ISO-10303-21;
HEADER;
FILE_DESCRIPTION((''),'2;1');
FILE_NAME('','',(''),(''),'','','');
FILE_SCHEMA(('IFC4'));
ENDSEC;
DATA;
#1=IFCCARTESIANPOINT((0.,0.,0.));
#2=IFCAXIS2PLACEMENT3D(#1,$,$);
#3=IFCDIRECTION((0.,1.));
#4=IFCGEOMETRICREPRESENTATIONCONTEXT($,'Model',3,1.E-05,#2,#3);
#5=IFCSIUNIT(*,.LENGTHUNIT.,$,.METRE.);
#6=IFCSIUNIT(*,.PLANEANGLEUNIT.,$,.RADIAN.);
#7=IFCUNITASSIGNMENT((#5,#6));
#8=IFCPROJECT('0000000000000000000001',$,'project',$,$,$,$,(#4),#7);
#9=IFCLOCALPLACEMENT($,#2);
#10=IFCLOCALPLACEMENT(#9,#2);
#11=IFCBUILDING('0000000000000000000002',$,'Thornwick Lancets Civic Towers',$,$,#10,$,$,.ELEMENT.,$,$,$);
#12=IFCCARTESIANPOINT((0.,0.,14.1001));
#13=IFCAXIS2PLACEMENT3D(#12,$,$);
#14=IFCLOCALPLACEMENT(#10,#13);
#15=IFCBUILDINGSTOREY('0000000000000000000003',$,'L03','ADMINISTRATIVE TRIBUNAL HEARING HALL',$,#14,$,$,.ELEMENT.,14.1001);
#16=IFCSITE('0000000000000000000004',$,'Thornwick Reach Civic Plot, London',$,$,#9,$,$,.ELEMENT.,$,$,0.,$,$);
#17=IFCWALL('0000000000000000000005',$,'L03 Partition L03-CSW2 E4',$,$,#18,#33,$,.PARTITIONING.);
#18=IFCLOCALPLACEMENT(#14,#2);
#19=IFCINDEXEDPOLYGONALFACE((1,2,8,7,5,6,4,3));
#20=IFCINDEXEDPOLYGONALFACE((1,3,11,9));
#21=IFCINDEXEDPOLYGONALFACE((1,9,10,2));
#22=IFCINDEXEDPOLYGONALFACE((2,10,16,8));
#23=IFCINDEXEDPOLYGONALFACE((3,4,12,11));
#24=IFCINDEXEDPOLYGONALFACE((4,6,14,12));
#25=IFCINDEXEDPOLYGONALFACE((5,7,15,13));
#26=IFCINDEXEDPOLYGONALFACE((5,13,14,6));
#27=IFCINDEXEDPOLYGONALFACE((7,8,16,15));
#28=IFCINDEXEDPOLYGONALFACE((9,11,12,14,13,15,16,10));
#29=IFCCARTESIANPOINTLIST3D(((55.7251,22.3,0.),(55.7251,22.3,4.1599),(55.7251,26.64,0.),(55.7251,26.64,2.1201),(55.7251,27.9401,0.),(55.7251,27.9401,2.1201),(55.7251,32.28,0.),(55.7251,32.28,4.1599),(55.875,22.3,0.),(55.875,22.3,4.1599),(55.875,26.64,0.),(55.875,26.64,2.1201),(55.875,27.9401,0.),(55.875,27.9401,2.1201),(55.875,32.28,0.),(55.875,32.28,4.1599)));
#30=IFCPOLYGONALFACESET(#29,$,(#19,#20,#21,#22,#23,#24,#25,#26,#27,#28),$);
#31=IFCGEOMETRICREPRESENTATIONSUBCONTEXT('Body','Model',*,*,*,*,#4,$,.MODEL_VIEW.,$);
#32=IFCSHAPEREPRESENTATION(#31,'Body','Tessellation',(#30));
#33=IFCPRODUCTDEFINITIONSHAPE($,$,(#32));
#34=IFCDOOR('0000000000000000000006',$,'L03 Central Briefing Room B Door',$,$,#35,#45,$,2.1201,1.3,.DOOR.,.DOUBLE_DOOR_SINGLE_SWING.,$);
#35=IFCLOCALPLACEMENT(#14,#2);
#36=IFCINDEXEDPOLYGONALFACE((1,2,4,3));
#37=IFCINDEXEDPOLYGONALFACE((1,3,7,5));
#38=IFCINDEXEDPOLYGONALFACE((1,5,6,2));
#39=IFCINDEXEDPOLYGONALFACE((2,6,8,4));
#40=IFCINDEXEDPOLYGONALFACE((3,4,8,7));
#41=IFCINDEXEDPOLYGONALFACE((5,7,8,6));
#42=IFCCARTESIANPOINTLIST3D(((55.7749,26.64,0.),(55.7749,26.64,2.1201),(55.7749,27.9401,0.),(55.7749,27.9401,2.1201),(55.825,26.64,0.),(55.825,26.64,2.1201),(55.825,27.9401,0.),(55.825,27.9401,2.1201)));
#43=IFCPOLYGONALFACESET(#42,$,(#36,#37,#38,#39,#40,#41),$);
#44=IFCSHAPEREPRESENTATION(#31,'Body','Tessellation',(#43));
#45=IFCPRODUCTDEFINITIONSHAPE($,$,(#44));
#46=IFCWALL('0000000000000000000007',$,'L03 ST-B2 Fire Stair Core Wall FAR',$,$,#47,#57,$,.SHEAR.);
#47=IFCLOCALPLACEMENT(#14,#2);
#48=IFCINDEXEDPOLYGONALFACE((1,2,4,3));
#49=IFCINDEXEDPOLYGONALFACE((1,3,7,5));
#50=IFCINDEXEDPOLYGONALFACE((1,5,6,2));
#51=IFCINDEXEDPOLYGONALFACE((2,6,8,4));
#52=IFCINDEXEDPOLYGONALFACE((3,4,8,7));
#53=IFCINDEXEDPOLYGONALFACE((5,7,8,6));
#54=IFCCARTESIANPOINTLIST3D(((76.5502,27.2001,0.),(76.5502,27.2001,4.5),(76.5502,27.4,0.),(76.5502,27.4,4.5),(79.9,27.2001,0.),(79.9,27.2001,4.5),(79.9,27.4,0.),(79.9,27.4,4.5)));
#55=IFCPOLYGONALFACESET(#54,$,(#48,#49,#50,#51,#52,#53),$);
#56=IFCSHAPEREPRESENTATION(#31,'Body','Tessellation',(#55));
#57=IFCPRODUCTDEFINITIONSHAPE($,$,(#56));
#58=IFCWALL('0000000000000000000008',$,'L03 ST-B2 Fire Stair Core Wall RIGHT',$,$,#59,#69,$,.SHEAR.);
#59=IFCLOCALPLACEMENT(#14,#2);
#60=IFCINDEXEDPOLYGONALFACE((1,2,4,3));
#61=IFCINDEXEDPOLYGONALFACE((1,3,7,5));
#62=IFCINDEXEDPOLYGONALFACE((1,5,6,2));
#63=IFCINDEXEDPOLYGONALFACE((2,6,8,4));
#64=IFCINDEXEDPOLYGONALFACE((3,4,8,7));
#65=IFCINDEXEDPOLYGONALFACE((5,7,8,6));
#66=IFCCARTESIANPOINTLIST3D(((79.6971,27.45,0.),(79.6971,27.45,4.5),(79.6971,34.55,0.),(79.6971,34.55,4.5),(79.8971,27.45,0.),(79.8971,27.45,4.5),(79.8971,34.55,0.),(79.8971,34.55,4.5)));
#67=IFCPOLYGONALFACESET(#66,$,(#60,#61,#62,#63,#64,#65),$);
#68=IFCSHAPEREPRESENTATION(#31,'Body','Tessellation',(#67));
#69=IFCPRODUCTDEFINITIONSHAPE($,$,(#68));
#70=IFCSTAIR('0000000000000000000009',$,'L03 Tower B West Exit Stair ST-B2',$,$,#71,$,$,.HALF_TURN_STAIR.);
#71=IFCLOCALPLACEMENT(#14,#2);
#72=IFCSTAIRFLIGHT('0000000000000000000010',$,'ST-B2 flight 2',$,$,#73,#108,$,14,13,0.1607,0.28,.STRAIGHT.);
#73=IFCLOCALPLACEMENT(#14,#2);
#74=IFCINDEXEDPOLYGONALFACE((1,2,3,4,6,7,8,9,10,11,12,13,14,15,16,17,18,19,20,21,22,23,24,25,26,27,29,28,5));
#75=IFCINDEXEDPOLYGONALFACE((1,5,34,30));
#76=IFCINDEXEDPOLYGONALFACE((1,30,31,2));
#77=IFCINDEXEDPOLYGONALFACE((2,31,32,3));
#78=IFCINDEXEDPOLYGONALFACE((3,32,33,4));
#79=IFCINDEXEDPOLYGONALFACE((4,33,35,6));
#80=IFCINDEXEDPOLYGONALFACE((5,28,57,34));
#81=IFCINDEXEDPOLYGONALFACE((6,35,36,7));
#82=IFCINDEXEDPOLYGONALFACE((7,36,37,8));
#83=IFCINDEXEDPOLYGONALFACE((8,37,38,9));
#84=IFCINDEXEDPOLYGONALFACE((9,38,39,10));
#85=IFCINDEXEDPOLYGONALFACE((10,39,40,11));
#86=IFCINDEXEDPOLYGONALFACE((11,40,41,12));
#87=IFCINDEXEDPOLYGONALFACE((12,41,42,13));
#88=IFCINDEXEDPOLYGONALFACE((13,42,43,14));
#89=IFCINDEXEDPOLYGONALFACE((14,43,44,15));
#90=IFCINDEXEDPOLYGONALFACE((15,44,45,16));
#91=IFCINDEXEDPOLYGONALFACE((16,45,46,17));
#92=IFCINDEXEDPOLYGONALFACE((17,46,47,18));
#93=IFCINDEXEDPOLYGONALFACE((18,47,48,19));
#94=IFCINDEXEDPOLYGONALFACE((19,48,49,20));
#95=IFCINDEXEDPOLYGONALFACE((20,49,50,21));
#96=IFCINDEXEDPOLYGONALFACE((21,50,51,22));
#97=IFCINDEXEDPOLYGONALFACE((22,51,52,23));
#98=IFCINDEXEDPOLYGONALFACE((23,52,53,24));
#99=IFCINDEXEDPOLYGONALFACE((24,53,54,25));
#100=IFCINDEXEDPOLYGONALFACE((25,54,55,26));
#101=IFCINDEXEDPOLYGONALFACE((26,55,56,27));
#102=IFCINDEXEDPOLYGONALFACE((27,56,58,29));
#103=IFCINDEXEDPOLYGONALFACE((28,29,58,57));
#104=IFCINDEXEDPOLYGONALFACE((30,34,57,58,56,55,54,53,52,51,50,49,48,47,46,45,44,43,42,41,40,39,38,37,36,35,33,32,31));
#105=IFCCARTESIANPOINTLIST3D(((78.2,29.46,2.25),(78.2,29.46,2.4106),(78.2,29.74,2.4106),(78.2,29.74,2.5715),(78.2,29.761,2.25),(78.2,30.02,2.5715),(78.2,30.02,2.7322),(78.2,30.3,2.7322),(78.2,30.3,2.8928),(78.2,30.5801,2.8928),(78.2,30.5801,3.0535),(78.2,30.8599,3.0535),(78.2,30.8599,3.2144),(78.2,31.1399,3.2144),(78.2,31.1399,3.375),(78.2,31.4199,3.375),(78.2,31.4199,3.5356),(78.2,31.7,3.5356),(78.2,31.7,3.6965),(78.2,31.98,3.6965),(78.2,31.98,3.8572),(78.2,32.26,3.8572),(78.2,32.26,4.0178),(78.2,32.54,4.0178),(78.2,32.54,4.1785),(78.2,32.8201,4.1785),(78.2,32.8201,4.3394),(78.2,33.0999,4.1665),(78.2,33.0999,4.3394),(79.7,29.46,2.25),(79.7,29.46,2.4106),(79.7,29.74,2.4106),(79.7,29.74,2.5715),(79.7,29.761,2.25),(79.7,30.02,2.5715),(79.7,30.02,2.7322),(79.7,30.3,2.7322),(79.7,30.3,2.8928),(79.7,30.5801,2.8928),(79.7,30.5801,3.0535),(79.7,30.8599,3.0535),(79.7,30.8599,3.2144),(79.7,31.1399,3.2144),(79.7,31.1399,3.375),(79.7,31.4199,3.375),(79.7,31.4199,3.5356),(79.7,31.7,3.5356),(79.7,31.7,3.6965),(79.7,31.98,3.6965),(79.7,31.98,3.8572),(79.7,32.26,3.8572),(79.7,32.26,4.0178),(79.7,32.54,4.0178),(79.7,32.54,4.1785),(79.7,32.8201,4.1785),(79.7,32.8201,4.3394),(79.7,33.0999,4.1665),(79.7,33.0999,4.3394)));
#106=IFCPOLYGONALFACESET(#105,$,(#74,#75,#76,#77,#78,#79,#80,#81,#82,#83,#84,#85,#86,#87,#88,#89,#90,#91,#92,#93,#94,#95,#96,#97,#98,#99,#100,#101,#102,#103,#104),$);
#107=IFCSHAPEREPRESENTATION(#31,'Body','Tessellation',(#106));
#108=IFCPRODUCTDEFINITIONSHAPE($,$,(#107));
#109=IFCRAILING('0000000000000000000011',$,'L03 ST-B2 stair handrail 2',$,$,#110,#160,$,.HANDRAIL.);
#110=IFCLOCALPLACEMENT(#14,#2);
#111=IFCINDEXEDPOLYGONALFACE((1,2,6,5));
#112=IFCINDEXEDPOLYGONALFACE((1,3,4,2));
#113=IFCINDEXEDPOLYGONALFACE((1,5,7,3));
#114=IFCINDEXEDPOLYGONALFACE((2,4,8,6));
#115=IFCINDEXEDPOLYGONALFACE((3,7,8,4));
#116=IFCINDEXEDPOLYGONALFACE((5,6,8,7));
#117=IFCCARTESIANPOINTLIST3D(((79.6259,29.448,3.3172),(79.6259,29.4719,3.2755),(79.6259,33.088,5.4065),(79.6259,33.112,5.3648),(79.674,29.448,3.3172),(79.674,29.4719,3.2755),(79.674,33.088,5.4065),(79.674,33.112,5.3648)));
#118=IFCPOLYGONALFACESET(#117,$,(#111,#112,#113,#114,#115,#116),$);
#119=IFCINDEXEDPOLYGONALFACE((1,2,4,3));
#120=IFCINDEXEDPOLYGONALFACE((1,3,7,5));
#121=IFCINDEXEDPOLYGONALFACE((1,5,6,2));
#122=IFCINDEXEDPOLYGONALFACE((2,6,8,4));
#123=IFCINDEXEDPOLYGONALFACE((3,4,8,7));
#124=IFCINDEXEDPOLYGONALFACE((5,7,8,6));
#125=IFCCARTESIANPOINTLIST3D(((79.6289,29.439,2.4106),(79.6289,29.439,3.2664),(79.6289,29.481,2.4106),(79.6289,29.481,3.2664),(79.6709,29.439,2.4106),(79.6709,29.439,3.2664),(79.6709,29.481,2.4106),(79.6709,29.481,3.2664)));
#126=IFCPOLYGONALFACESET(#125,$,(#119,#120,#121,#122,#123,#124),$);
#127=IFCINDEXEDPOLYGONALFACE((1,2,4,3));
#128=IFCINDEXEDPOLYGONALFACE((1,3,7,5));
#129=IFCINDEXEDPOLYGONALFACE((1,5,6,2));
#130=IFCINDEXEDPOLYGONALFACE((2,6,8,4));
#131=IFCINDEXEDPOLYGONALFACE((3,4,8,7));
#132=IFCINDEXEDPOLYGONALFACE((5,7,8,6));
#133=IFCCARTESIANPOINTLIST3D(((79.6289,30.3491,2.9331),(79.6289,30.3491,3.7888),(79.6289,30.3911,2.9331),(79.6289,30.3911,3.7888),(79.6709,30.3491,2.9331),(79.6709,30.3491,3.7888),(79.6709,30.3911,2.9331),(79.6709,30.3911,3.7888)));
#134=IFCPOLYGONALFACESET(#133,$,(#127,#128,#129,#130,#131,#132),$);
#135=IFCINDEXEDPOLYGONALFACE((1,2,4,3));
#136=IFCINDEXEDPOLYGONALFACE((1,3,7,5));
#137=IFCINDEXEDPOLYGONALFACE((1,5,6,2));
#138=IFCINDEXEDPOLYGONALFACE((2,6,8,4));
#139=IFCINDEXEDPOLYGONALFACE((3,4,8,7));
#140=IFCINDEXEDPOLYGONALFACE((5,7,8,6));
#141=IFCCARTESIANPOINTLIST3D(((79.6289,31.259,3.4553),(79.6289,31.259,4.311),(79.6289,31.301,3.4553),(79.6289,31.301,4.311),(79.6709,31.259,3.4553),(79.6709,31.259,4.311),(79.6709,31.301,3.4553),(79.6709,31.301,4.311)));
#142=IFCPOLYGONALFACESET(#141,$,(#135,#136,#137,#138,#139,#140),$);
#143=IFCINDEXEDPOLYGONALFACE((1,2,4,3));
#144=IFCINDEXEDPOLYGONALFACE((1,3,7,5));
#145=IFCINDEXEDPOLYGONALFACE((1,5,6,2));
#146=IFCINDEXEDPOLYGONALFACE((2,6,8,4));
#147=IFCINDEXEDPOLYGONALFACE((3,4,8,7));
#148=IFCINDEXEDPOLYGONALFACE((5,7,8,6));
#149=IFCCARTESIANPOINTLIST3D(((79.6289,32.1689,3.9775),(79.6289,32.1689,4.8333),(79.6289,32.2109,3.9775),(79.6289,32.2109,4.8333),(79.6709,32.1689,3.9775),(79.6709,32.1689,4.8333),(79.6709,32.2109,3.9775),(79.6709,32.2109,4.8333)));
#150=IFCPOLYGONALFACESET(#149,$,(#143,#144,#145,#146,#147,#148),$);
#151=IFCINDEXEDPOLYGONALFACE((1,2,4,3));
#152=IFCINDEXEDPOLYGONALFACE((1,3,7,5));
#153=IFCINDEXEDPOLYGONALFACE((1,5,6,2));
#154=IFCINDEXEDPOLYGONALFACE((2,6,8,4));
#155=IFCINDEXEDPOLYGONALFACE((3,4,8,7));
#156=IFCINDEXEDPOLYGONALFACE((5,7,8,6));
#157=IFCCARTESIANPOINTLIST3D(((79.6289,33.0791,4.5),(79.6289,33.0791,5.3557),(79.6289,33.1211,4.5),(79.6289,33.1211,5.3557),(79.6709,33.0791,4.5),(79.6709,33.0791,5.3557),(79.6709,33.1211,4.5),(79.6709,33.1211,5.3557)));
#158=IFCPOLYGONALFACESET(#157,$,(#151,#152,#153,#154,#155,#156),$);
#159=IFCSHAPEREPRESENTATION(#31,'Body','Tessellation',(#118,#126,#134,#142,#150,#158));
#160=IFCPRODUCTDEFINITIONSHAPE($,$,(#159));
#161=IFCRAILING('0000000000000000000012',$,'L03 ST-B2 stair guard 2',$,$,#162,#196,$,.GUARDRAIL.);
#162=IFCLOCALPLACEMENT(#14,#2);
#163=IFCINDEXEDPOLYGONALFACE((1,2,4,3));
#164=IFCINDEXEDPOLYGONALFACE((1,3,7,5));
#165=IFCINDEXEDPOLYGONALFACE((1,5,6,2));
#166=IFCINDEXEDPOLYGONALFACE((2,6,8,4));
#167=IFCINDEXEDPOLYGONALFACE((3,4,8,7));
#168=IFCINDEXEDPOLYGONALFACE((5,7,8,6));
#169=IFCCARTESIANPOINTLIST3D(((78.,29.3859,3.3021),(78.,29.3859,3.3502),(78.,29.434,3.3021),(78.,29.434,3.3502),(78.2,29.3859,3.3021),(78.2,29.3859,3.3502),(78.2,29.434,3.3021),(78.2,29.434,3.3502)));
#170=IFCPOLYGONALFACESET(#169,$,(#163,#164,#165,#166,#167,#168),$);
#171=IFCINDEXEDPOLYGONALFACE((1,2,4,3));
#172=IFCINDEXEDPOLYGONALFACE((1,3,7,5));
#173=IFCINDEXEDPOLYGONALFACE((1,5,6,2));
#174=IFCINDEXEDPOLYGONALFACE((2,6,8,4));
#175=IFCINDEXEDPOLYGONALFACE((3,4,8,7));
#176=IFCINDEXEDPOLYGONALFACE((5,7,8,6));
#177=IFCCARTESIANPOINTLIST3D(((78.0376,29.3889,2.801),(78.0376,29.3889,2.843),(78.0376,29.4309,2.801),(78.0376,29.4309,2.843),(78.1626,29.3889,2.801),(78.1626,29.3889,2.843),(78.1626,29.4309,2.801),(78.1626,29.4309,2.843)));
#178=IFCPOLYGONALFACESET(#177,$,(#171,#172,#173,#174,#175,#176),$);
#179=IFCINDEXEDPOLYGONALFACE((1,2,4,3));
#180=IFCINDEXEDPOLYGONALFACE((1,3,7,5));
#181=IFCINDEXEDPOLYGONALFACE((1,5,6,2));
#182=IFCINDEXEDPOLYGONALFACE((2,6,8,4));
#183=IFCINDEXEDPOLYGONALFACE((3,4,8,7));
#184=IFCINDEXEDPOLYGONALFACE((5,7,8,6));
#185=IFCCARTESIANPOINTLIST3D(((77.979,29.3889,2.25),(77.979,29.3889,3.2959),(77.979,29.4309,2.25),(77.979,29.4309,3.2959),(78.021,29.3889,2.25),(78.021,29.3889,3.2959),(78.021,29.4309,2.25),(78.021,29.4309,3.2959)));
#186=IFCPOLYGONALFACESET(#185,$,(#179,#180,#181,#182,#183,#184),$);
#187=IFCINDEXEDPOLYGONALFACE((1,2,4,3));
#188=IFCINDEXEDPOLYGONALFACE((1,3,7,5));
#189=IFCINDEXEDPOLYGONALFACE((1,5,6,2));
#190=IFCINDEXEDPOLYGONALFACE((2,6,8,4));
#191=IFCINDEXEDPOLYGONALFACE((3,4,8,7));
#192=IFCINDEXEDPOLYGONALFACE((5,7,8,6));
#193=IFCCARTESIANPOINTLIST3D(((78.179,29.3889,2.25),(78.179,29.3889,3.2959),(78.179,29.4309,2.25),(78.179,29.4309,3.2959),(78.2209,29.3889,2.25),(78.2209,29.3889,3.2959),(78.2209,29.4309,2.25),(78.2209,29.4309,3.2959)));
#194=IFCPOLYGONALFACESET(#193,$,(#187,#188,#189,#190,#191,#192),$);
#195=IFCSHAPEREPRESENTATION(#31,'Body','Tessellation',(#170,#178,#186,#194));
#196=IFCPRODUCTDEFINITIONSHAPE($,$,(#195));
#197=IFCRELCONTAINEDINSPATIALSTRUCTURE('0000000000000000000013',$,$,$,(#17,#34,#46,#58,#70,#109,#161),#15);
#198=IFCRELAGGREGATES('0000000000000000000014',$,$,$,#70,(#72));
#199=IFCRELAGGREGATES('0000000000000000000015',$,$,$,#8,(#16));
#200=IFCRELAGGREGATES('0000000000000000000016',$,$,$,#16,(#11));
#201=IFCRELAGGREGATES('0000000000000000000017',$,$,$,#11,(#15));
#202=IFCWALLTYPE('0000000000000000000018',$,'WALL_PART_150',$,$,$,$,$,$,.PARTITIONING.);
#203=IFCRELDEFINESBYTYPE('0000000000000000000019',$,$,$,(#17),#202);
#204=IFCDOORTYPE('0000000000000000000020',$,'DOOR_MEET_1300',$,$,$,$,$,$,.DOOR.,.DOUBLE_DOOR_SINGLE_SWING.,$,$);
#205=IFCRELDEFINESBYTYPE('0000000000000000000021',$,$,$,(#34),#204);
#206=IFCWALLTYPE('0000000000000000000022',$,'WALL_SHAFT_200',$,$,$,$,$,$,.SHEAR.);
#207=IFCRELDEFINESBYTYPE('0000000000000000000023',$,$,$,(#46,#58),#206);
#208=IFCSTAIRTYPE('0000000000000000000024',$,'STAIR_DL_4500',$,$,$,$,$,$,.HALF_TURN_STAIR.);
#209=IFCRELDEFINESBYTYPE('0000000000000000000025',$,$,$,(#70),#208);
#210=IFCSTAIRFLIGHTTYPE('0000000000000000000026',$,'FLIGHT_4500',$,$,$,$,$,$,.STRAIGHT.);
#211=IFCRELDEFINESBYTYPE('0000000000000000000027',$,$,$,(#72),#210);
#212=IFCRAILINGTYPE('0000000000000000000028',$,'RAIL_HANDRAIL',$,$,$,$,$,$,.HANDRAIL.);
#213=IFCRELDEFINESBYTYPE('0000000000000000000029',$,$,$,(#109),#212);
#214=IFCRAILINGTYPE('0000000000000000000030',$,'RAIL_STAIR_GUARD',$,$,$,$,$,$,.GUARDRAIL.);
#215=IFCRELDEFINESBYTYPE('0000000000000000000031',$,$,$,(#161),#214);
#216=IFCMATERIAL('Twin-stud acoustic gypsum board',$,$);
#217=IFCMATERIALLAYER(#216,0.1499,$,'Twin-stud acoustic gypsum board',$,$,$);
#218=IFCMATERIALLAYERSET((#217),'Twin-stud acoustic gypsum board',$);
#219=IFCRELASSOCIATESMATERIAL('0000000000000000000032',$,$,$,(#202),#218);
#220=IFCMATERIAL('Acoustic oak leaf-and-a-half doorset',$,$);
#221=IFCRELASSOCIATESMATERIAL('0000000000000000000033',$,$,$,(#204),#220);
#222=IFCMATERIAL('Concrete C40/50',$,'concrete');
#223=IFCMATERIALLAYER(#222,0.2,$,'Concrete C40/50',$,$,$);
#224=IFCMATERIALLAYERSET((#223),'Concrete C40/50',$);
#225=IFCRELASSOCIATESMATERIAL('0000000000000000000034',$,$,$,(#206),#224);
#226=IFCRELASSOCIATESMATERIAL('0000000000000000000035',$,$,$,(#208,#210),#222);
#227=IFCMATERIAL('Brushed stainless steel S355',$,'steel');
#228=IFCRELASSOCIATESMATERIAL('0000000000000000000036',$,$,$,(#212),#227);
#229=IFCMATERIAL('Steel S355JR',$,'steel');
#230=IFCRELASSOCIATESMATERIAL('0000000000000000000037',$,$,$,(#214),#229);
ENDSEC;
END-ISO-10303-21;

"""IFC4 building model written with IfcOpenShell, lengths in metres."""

from ifc_helpers import new_model, si_unit, direction, frame, frame_2d, origin, origin_2d, place, context, subcontext, project, spatial, polyline, rectangle, outline, extrude, material, layer, layer_set, type_object, element, fill, aggregate, save


model = new_model("IFC4")

# Units and contexts
model_context = context("Model", 3, precision=1e-05, world=origin(), true_north=direction((0.0, 1.0)))
body_context = subcontext(model_context, "Body", "Model", "MODEL_VIEW")
ifc_project = project(units=[si_unit("LENGTHUNIT", "METRE"), si_unit("PLANEANGLEUNIT", "RADIAN")], contexts=[model_context])

# Site, building, storey
site_placement = place(None, origin())
site = spatial("IfcSite", under=ifc_project, at=site_placement, Name="Thornwick Reach Civic Plot, London", CompositionType="ELEMENT", RefElevation=0.0)
building_placement = place(site_placement, origin())
building = spatial("IfcBuilding", under=site, at=building_placement, Name="Thornwick Lancets Civic Towers", CompositionType="ELEMENT")
storey_placement = place(building_placement, frame((0.0, 0.0, 14.1001)))
storey = spatial("IfcBuildingStorey", under=building, at=storey_placement, Name="L03", Description="ADMINISTRATIVE TRIBUNAL HEARING HALL", CompositionType="ELEMENT", Elevation=14.1001)

# Shared definitions
ifc_material_1 = material(Name="Steel S355JR", Category="steel")
ifc_material_2 = material(Name="Concrete C40/50", Category="concrete")

# Shared definitions
ifc_material_3 = material(Name="Twin-stud acoustic gypsum board")
ifc_layer_1 = layer(ifc_material_3, 0.1499, Name="Twin-stud acoustic gypsum board")
ifc_layer_set_1 = layer_set([ifc_layer_1], Name="Twin-stud acoustic gypsum board")
wall_type_1 = type_object("IfcWallType", Name="WALL_PART_150", PredefinedType="PARTITIONING", material=ifc_layer_set_1)

# Shared definitions
ifc_material_4 = material(Name="Acoustic oak leaf-and-a-half doorset")
door_type_1 = type_object("IfcDoorType", Name="DOOR_MEET_1300", OperationType="DOUBLE_DOOR_SINGLE_SWING", PredefinedType="DOOR", material=ifc_material_4)

# Wall, opening, door
wall_1_placement = place(storey_placement, frame((55.8, 32.28, 0.0), z_axis=(0.0, 0.0, 1.0), x_axis=(0.0, -1.0, 0.0)))
wall_1 = element("IfcWall", 1, at=wall_1_placement, inside=storey, type_object=wall_type_1, Name="L03 Partition L03-CSW2 E4", PredefinedType="PARTITIONING", context=body_context, shape_type="SweptSolid", body=[
    extrude(rectangle(XDim=9.98, YDim=0.1499, at=frame_2d((4.99, 0.0))), origin(), (0.0, 0.0, 1.0), 4.1599),
])
opening_1_placement = place(wall_1_placement, frame((4.3401, 0.0, 0.0)))
opening_1 = element("IfcOpeningElement", 2, at=opening_1_placement, cuts=wall_1, PredefinedType="OPENING", context=body_context, shape_type="SweptSolid", body=[
    extrude(rectangle(XDim=1.3, YDim=2.1201, at=frame_2d((0.6499, 1.0601))), frame((0.0, 0.085, 0.0), z_axis=(0.0, -1.0, 0.0), x_axis=(1.0, 0.0, 0.0)), (0.0, 0.0, 1.0), 0.1699),
])
door_1_placement = place(opening_1_placement, origin())
door_1 = element("IfcDoor", 3, at=door_1_placement, inside=storey, type_object=door_type_1, Name="L03 Central Briefing Room B Door", OperationType="DOUBLE_DOOR_SINGLE_SWING", OverallHeight=2.1201, OverallWidth=1.3, PredefinedType="DOOR", context=body_context, shape_type="SweptSolid", body=[
    extrude(rectangle(XDim=1.3, YDim=2.1201, at=frame_2d((0.6499, 1.0601))), frame((0.0, 0.0249, 0.0), z_axis=(0.0, -1.0, 0.0), x_axis=(1.0, 0.0, 0.0)), (0.0, 0.0, 1.0), 0.05),
])
fill(opening_1, door_1)

# Walls
ifc_layer_2 = layer(ifc_material_2, 0.2, Name="Concrete C40/50")
ifc_layer_set_2 = layer_set([ifc_layer_2], Name="Concrete C40/50")
wall_type_2 = type_object("IfcWallType", Name="WALL_SHAFT_200", PredefinedType="SHEAR", material=ifc_layer_set_2)
wall_2_placement = place(storey_placement, frame((79.8999, 27.3, 0.0), z_axis=(0.0, 0.0, 1.0), x_axis=(-1.0, 0.0, 0.0)))
element("IfcWall", 4, at=wall_2_placement, inside=storey, type_object=wall_type_2, Name="L03 ST-B2 Fire Stair Core Wall FAR", PredefinedType="SHEAR", context=body_context, shape_type="SweptSolid", body=[
    extrude(rectangle(XDim=3.3499, YDim=0.2, at=frame_2d((1.6748, 0.0))), origin(), (0.0, 0.0, 1.0), 4.5),
])
wall_3_placement = place(storey_placement, frame((79.7971, 27.45, 0.0), z_axis=(0.0, 0.0, 1.0), x_axis=(0.0, 1.0, 0.0)))
element("IfcWall", 5, at=wall_3_placement, inside=storey, type_object=wall_type_2, Name="L03 ST-B2 Fire Stair Core Wall RIGHT", PredefinedType="SHEAR", context=body_context, shape_type="SweptSolid", body=[
    extrude(rectangle(XDim=7.1001, YDim=0.2, at=frame_2d((3.55, 0.0))), origin(), (0.0, 0.0, 1.0), 4.5),
])

# Stair, stair flight
stair_type = type_object("IfcStairType", Name="STAIR_DL_4500", PredefinedType="HALF_TURN_STAIR", material=ifc_material_2)
stair_placement = place(storey_placement, origin())
stair = element("IfcStair", 6, at=stair_placement, inside=storey, type_object=stair_type, Name="L03 Tower B West Exit Stair ST-B2", PredefinedType="HALF_TURN_STAIR")
stair_flight_type = type_object("IfcStairFlightType", Name="FLIGHT_4500", PredefinedType="STRAIGHT", material=ifc_material_2)
stair_flight_placement = place(storey_placement, frame((78.95, 29.46, 2.25), z_axis=(0.0, 0.0, 1.0), x_axis=(0.0, 1.0, 0.0)))
stair_flight = element("IfcStairFlight", 7, at=stair_flight_placement, type_object=stair_flight_type, Name="ST-B2 flight 2", NumberOfRisers=14, NumberOfTreads=13, PredefinedType="STRAIGHT", RiserHeight=0.1607, TreadLength=0.28, context=body_context, shape_type="SweptSolid", body=[
    extrude(outline(polyline([(0.0, 0.0), (0.0, 0.1606), (0.28, 0.1606), (0.28, 0.3215), (0.5601, 0.3215), (0.5601, 0.4822), (0.8401, 0.4822), (0.8401, 0.6428), (1.1201, 0.6428), (1.1201, 0.8035), (1.3999, 0.8035), (1.3999, 0.9644), (1.6799, 0.9644), (1.6799, 1.125), (1.96, 1.125), (1.96, 1.2856), (2.24, 1.2856), (2.24, 1.4465), (2.52, 1.4465), (2.52, 1.6072), (2.8, 1.6072), (2.8, 1.7678), (3.0801, 1.7678), (3.0801, 1.9285), (3.3601, 1.9285), (3.3601, 2.0894), (3.6399, 2.0894), (3.6399, 2.25), (3.6399, 1.9165), (0.301, 0.0), (0.0, 0.0)])), frame((0.0, 0.75, 0.0), z_axis=(0.0, -1.0, 0.0), x_axis=(1.0, 0.0, 0.0)), (0.0, 0.0, 1.0), 1.5),
])
aggregate(stair, [stair_flight])

# Railings
ifc_material_5 = material(Name="Brushed stainless steel S355", Category="steel")
railing_type_1 = type_object("IfcRailingType", Name="RAIL_HANDRAIL", PredefinedType="HANDRAIL", material=ifc_material_5)
railing_1_placement = place(storey_placement, frame((79.6499, 29.46, 2.4106)))
element("IfcRailing", 8, at=railing_1_placement, inside=storey, type_object=railing_type_1, Name="L03 ST-B2 stair handrail 2", PredefinedType="HANDRAIL", context=body_context, shape_type="SweptSolid", body=[
    extrude(rectangle(XDim=0.0481, YDim=0.0481, at=origin_2d()), frame((0.0, 0.0, 0.8857), z_axis=(0.0, 0.867289, 0.497804), x_axis=(-1.0, 0.0, 0.0)), (0.0, 0.0, 1.0), 4.197),
    extrude(rectangle(XDim=0.042, YDim=0.042, at=origin_2d()), origin(), (0.0, 0.0, 1.0), 0.8557),
    extrude(rectangle(XDim=0.042, YDim=0.042, at=origin_2d()), frame((0.0, 0.9102, 0.5225)), (0.0, 0.0, 1.0), 0.8557),
    extrude(rectangle(XDim=0.042, YDim=0.042, at=origin_2d()), frame((0.0, 1.8201, 1.0447)), (0.0, 0.0, 1.0), 0.8557),
    extrude(rectangle(XDim=0.042, YDim=0.042, at=origin_2d()), frame((0.0, 2.73, 1.5669)), (0.0, 0.0, 1.0), 0.8557),
    extrude(rectangle(XDim=0.042, YDim=0.042, at=origin_2d()), frame((0.0, 3.6401, 2.0894)), (0.0, 0.0, 1.0), 0.8557),
])
railing_type_2 = type_object("IfcRailingType", Name="RAIL_STAIR_GUARD", PredefinedType="GUARDRAIL", material=ifc_material_1)
railing_2_placement = place(storey_placement, frame((78.0, 29.4099, 2.25)))
element("IfcRailing", 9, at=railing_2_placement, inside=storey, type_object=railing_type_2, Name="L03 ST-B2 stair guard 2", PredefinedType="GUARDRAIL", context=body_context, shape_type="SweptSolid", body=[
    extrude(rectangle(XDim=0.0481, YDim=0.0481, at=origin_2d()), frame((0.0, 0.0, 1.0762), z_axis=(1.0, 0.0, 0.0), x_axis=(0.0, 1.0, 0.0)), (0.0, 0.0, 1.0), 0.2),
    extrude(rectangle(XDim=0.042, YDim=0.042, at=origin_2d()), frame((0.0376, 0.0, 0.572), z_axis=(1.0, 0.0, 0.0), x_axis=(0.0, 1.0, 0.0)), (0.0, 0.0, 1.0), 0.125),
    extrude(rectangle(XDim=0.042, YDim=0.042, at=origin_2d()), origin(), (0.0, 0.0, 1.0), 1.0459),
    extrude(rectangle(XDim=0.042, YDim=0.042, at=origin_2d()), frame((0.2, 0.0, 0.0)), (0.0, 0.0, 1.0), 1.0459),
])

save(model, "model.ifc")
